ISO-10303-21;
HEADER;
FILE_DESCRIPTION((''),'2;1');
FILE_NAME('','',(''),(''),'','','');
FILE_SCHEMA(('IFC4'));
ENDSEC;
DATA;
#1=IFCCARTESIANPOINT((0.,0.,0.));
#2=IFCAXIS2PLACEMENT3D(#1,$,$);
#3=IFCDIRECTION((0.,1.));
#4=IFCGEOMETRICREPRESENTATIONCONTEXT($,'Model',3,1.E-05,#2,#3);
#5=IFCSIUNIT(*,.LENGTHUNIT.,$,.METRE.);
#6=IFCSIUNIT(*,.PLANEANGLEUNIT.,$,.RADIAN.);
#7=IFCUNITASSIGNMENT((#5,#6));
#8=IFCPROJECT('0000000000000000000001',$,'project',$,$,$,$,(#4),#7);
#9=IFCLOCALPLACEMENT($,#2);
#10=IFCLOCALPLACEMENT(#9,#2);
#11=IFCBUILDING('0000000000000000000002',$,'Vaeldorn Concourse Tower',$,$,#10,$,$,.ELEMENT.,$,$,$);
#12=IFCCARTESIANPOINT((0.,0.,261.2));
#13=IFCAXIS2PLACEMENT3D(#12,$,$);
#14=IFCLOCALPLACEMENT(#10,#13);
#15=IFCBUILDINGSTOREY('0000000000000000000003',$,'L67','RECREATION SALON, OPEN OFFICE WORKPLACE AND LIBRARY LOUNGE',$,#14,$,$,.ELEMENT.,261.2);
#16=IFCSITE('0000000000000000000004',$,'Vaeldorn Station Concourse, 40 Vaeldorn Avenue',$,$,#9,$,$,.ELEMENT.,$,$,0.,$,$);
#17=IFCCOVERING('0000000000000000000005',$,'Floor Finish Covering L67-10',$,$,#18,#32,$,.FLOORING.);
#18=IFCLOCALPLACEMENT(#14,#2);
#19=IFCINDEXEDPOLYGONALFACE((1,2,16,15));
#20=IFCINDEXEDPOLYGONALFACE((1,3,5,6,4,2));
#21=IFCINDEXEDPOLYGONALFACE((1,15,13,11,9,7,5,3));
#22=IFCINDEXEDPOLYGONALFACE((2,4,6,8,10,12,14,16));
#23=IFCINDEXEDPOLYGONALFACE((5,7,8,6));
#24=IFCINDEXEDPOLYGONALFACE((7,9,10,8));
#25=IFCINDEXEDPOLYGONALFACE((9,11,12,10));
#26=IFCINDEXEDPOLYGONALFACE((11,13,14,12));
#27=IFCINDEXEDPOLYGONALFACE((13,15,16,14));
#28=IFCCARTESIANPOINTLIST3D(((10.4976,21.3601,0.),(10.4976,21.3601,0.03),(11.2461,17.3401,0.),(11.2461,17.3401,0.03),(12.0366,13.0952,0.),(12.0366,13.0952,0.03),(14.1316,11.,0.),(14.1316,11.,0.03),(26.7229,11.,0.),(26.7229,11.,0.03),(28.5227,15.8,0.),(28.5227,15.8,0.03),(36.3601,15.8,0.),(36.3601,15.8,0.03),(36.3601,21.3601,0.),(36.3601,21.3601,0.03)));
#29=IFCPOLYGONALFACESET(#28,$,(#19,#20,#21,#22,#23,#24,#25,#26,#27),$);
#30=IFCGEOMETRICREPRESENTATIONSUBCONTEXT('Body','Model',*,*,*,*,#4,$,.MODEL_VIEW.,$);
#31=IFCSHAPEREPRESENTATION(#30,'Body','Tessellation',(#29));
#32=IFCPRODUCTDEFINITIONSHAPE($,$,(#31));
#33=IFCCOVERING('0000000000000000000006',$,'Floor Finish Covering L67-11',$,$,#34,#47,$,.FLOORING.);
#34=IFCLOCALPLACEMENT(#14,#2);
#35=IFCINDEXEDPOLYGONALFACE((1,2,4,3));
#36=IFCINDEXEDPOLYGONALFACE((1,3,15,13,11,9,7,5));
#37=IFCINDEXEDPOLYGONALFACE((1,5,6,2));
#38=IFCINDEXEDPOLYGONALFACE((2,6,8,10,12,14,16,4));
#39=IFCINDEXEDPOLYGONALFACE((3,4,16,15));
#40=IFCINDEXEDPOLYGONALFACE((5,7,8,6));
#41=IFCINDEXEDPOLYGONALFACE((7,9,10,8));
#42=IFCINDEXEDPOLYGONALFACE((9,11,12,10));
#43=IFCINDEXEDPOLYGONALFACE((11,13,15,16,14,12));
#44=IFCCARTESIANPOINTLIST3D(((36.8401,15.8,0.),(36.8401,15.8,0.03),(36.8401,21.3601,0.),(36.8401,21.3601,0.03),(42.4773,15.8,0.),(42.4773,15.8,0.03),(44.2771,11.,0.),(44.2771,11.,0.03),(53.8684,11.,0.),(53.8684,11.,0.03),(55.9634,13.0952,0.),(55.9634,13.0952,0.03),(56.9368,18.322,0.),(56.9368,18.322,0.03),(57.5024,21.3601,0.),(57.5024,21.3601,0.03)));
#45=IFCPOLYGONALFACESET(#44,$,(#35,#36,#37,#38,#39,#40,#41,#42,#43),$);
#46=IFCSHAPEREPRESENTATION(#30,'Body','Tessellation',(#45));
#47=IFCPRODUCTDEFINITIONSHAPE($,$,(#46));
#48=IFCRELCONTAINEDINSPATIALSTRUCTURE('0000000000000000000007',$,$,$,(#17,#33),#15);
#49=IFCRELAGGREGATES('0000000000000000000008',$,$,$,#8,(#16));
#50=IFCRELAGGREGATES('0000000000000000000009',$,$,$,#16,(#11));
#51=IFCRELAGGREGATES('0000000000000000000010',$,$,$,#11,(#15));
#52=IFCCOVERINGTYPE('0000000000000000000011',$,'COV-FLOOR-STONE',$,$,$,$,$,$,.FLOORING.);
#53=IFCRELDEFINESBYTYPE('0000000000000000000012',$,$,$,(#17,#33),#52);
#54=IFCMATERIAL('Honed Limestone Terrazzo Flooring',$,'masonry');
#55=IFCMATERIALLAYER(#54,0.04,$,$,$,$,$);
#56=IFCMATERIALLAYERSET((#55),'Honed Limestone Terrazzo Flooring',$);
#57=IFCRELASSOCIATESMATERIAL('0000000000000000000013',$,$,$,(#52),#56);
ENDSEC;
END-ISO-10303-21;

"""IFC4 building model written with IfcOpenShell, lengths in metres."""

from ifc_helpers import new_model, si_unit, direction, frame, origin, place, context, subcontext, project, spatial, polyline, outline, extrude, material, layer, layer_set, type_object, element, save


model = new_model("IFC4")

# Units and contexts
model_context = context("Model", 3, precision=1e-05, world=origin(), true_north=direction((0.0, 1.0)))
body_context = subcontext(model_context, "Body", "Model", "MODEL_VIEW")
ifc_project = project(units=[si_unit("LENGTHUNIT", "METRE"), si_unit("PLANEANGLEUNIT", "RADIAN")], contexts=[model_context])

# Site, building, storey
site_placement = place(None, origin())
site = spatial("IfcSite", under=ifc_project, at=site_placement, Name="Vaeldorn Station Concourse, 40 Vaeldorn Avenue", CompositionType="ELEMENT", RefElevation=0.0)
building_placement = place(site_placement, origin())
building = spatial("IfcBuilding", under=site, at=building_placement, Name="Vaeldorn Concourse Tower", CompositionType="ELEMENT")
storey_placement = place(building_placement, frame((0.0, 0.0, 261.2)))
storey = spatial("IfcBuildingStorey", under=building, at=storey_placement, Name="L67", Description="RECREATION SALON, OPEN OFFICE WORKPLACE AND LIBRARY LOUNGE", CompositionType="ELEMENT", Elevation=261.2)

# Coverings
ifc_material_1 = material(Name="Honed Limestone Terrazzo Flooring", Category="masonry")
ifc_layer_1 = layer(ifc_material_1, 0.04)
ifc_layer_set_1 = layer_set([ifc_layer_1], Name="Honed Limestone Terrazzo Flooring")
covering_type_1 = type_object("IfcCoveringType", Name="COV-FLOOR-STONE", PredefinedType="FLOORING", material=ifc_layer_set_1)
covering_1_placement = place(storey_placement, origin())
element("IfcCovering", 1, at=covering_1_placement, inside=storey, type_object=covering_type_1, Name="Floor Finish Covering L67-10", PredefinedType="FLOORING", context=body_context, shape_type="SweptSolid", body=[
    extrude(outline(polyline([(36.3601, 21.3601), (36.3601, 15.8), (28.5227, 15.8), (26.7229, 11.0), (14.1316, 11.0), (12.0366, 13.0952), (11.2461, 17.3401), (11.2461, 17.3401), (10.4976, 21.3601), (36.3601, 21.3601)])), origin(), (0.0, 0.0, 1.0), 0.03),
])
covering_2_placement = place(storey_placement, origin())
element("IfcCovering", 2, at=covering_2_placement, inside=storey, type_object=covering_type_1, Name="Floor Finish Covering L67-11", PredefinedType="FLOORING", context=body_context, shape_type="SweptSolid", body=[
    extrude(outline(polyline([(36.8401, 21.3601), (57.5024, 21.3601), (56.9368, 18.322), (55.9634, 13.0952), (53.8684, 11.0), (44.2771, 11.0), (42.4773, 15.8), (36.8401, 15.8), (36.8401, 21.3601)])), origin(), (0.0, 0.0, 1.0), 0.03),
])

save(model, "model.ifc")
